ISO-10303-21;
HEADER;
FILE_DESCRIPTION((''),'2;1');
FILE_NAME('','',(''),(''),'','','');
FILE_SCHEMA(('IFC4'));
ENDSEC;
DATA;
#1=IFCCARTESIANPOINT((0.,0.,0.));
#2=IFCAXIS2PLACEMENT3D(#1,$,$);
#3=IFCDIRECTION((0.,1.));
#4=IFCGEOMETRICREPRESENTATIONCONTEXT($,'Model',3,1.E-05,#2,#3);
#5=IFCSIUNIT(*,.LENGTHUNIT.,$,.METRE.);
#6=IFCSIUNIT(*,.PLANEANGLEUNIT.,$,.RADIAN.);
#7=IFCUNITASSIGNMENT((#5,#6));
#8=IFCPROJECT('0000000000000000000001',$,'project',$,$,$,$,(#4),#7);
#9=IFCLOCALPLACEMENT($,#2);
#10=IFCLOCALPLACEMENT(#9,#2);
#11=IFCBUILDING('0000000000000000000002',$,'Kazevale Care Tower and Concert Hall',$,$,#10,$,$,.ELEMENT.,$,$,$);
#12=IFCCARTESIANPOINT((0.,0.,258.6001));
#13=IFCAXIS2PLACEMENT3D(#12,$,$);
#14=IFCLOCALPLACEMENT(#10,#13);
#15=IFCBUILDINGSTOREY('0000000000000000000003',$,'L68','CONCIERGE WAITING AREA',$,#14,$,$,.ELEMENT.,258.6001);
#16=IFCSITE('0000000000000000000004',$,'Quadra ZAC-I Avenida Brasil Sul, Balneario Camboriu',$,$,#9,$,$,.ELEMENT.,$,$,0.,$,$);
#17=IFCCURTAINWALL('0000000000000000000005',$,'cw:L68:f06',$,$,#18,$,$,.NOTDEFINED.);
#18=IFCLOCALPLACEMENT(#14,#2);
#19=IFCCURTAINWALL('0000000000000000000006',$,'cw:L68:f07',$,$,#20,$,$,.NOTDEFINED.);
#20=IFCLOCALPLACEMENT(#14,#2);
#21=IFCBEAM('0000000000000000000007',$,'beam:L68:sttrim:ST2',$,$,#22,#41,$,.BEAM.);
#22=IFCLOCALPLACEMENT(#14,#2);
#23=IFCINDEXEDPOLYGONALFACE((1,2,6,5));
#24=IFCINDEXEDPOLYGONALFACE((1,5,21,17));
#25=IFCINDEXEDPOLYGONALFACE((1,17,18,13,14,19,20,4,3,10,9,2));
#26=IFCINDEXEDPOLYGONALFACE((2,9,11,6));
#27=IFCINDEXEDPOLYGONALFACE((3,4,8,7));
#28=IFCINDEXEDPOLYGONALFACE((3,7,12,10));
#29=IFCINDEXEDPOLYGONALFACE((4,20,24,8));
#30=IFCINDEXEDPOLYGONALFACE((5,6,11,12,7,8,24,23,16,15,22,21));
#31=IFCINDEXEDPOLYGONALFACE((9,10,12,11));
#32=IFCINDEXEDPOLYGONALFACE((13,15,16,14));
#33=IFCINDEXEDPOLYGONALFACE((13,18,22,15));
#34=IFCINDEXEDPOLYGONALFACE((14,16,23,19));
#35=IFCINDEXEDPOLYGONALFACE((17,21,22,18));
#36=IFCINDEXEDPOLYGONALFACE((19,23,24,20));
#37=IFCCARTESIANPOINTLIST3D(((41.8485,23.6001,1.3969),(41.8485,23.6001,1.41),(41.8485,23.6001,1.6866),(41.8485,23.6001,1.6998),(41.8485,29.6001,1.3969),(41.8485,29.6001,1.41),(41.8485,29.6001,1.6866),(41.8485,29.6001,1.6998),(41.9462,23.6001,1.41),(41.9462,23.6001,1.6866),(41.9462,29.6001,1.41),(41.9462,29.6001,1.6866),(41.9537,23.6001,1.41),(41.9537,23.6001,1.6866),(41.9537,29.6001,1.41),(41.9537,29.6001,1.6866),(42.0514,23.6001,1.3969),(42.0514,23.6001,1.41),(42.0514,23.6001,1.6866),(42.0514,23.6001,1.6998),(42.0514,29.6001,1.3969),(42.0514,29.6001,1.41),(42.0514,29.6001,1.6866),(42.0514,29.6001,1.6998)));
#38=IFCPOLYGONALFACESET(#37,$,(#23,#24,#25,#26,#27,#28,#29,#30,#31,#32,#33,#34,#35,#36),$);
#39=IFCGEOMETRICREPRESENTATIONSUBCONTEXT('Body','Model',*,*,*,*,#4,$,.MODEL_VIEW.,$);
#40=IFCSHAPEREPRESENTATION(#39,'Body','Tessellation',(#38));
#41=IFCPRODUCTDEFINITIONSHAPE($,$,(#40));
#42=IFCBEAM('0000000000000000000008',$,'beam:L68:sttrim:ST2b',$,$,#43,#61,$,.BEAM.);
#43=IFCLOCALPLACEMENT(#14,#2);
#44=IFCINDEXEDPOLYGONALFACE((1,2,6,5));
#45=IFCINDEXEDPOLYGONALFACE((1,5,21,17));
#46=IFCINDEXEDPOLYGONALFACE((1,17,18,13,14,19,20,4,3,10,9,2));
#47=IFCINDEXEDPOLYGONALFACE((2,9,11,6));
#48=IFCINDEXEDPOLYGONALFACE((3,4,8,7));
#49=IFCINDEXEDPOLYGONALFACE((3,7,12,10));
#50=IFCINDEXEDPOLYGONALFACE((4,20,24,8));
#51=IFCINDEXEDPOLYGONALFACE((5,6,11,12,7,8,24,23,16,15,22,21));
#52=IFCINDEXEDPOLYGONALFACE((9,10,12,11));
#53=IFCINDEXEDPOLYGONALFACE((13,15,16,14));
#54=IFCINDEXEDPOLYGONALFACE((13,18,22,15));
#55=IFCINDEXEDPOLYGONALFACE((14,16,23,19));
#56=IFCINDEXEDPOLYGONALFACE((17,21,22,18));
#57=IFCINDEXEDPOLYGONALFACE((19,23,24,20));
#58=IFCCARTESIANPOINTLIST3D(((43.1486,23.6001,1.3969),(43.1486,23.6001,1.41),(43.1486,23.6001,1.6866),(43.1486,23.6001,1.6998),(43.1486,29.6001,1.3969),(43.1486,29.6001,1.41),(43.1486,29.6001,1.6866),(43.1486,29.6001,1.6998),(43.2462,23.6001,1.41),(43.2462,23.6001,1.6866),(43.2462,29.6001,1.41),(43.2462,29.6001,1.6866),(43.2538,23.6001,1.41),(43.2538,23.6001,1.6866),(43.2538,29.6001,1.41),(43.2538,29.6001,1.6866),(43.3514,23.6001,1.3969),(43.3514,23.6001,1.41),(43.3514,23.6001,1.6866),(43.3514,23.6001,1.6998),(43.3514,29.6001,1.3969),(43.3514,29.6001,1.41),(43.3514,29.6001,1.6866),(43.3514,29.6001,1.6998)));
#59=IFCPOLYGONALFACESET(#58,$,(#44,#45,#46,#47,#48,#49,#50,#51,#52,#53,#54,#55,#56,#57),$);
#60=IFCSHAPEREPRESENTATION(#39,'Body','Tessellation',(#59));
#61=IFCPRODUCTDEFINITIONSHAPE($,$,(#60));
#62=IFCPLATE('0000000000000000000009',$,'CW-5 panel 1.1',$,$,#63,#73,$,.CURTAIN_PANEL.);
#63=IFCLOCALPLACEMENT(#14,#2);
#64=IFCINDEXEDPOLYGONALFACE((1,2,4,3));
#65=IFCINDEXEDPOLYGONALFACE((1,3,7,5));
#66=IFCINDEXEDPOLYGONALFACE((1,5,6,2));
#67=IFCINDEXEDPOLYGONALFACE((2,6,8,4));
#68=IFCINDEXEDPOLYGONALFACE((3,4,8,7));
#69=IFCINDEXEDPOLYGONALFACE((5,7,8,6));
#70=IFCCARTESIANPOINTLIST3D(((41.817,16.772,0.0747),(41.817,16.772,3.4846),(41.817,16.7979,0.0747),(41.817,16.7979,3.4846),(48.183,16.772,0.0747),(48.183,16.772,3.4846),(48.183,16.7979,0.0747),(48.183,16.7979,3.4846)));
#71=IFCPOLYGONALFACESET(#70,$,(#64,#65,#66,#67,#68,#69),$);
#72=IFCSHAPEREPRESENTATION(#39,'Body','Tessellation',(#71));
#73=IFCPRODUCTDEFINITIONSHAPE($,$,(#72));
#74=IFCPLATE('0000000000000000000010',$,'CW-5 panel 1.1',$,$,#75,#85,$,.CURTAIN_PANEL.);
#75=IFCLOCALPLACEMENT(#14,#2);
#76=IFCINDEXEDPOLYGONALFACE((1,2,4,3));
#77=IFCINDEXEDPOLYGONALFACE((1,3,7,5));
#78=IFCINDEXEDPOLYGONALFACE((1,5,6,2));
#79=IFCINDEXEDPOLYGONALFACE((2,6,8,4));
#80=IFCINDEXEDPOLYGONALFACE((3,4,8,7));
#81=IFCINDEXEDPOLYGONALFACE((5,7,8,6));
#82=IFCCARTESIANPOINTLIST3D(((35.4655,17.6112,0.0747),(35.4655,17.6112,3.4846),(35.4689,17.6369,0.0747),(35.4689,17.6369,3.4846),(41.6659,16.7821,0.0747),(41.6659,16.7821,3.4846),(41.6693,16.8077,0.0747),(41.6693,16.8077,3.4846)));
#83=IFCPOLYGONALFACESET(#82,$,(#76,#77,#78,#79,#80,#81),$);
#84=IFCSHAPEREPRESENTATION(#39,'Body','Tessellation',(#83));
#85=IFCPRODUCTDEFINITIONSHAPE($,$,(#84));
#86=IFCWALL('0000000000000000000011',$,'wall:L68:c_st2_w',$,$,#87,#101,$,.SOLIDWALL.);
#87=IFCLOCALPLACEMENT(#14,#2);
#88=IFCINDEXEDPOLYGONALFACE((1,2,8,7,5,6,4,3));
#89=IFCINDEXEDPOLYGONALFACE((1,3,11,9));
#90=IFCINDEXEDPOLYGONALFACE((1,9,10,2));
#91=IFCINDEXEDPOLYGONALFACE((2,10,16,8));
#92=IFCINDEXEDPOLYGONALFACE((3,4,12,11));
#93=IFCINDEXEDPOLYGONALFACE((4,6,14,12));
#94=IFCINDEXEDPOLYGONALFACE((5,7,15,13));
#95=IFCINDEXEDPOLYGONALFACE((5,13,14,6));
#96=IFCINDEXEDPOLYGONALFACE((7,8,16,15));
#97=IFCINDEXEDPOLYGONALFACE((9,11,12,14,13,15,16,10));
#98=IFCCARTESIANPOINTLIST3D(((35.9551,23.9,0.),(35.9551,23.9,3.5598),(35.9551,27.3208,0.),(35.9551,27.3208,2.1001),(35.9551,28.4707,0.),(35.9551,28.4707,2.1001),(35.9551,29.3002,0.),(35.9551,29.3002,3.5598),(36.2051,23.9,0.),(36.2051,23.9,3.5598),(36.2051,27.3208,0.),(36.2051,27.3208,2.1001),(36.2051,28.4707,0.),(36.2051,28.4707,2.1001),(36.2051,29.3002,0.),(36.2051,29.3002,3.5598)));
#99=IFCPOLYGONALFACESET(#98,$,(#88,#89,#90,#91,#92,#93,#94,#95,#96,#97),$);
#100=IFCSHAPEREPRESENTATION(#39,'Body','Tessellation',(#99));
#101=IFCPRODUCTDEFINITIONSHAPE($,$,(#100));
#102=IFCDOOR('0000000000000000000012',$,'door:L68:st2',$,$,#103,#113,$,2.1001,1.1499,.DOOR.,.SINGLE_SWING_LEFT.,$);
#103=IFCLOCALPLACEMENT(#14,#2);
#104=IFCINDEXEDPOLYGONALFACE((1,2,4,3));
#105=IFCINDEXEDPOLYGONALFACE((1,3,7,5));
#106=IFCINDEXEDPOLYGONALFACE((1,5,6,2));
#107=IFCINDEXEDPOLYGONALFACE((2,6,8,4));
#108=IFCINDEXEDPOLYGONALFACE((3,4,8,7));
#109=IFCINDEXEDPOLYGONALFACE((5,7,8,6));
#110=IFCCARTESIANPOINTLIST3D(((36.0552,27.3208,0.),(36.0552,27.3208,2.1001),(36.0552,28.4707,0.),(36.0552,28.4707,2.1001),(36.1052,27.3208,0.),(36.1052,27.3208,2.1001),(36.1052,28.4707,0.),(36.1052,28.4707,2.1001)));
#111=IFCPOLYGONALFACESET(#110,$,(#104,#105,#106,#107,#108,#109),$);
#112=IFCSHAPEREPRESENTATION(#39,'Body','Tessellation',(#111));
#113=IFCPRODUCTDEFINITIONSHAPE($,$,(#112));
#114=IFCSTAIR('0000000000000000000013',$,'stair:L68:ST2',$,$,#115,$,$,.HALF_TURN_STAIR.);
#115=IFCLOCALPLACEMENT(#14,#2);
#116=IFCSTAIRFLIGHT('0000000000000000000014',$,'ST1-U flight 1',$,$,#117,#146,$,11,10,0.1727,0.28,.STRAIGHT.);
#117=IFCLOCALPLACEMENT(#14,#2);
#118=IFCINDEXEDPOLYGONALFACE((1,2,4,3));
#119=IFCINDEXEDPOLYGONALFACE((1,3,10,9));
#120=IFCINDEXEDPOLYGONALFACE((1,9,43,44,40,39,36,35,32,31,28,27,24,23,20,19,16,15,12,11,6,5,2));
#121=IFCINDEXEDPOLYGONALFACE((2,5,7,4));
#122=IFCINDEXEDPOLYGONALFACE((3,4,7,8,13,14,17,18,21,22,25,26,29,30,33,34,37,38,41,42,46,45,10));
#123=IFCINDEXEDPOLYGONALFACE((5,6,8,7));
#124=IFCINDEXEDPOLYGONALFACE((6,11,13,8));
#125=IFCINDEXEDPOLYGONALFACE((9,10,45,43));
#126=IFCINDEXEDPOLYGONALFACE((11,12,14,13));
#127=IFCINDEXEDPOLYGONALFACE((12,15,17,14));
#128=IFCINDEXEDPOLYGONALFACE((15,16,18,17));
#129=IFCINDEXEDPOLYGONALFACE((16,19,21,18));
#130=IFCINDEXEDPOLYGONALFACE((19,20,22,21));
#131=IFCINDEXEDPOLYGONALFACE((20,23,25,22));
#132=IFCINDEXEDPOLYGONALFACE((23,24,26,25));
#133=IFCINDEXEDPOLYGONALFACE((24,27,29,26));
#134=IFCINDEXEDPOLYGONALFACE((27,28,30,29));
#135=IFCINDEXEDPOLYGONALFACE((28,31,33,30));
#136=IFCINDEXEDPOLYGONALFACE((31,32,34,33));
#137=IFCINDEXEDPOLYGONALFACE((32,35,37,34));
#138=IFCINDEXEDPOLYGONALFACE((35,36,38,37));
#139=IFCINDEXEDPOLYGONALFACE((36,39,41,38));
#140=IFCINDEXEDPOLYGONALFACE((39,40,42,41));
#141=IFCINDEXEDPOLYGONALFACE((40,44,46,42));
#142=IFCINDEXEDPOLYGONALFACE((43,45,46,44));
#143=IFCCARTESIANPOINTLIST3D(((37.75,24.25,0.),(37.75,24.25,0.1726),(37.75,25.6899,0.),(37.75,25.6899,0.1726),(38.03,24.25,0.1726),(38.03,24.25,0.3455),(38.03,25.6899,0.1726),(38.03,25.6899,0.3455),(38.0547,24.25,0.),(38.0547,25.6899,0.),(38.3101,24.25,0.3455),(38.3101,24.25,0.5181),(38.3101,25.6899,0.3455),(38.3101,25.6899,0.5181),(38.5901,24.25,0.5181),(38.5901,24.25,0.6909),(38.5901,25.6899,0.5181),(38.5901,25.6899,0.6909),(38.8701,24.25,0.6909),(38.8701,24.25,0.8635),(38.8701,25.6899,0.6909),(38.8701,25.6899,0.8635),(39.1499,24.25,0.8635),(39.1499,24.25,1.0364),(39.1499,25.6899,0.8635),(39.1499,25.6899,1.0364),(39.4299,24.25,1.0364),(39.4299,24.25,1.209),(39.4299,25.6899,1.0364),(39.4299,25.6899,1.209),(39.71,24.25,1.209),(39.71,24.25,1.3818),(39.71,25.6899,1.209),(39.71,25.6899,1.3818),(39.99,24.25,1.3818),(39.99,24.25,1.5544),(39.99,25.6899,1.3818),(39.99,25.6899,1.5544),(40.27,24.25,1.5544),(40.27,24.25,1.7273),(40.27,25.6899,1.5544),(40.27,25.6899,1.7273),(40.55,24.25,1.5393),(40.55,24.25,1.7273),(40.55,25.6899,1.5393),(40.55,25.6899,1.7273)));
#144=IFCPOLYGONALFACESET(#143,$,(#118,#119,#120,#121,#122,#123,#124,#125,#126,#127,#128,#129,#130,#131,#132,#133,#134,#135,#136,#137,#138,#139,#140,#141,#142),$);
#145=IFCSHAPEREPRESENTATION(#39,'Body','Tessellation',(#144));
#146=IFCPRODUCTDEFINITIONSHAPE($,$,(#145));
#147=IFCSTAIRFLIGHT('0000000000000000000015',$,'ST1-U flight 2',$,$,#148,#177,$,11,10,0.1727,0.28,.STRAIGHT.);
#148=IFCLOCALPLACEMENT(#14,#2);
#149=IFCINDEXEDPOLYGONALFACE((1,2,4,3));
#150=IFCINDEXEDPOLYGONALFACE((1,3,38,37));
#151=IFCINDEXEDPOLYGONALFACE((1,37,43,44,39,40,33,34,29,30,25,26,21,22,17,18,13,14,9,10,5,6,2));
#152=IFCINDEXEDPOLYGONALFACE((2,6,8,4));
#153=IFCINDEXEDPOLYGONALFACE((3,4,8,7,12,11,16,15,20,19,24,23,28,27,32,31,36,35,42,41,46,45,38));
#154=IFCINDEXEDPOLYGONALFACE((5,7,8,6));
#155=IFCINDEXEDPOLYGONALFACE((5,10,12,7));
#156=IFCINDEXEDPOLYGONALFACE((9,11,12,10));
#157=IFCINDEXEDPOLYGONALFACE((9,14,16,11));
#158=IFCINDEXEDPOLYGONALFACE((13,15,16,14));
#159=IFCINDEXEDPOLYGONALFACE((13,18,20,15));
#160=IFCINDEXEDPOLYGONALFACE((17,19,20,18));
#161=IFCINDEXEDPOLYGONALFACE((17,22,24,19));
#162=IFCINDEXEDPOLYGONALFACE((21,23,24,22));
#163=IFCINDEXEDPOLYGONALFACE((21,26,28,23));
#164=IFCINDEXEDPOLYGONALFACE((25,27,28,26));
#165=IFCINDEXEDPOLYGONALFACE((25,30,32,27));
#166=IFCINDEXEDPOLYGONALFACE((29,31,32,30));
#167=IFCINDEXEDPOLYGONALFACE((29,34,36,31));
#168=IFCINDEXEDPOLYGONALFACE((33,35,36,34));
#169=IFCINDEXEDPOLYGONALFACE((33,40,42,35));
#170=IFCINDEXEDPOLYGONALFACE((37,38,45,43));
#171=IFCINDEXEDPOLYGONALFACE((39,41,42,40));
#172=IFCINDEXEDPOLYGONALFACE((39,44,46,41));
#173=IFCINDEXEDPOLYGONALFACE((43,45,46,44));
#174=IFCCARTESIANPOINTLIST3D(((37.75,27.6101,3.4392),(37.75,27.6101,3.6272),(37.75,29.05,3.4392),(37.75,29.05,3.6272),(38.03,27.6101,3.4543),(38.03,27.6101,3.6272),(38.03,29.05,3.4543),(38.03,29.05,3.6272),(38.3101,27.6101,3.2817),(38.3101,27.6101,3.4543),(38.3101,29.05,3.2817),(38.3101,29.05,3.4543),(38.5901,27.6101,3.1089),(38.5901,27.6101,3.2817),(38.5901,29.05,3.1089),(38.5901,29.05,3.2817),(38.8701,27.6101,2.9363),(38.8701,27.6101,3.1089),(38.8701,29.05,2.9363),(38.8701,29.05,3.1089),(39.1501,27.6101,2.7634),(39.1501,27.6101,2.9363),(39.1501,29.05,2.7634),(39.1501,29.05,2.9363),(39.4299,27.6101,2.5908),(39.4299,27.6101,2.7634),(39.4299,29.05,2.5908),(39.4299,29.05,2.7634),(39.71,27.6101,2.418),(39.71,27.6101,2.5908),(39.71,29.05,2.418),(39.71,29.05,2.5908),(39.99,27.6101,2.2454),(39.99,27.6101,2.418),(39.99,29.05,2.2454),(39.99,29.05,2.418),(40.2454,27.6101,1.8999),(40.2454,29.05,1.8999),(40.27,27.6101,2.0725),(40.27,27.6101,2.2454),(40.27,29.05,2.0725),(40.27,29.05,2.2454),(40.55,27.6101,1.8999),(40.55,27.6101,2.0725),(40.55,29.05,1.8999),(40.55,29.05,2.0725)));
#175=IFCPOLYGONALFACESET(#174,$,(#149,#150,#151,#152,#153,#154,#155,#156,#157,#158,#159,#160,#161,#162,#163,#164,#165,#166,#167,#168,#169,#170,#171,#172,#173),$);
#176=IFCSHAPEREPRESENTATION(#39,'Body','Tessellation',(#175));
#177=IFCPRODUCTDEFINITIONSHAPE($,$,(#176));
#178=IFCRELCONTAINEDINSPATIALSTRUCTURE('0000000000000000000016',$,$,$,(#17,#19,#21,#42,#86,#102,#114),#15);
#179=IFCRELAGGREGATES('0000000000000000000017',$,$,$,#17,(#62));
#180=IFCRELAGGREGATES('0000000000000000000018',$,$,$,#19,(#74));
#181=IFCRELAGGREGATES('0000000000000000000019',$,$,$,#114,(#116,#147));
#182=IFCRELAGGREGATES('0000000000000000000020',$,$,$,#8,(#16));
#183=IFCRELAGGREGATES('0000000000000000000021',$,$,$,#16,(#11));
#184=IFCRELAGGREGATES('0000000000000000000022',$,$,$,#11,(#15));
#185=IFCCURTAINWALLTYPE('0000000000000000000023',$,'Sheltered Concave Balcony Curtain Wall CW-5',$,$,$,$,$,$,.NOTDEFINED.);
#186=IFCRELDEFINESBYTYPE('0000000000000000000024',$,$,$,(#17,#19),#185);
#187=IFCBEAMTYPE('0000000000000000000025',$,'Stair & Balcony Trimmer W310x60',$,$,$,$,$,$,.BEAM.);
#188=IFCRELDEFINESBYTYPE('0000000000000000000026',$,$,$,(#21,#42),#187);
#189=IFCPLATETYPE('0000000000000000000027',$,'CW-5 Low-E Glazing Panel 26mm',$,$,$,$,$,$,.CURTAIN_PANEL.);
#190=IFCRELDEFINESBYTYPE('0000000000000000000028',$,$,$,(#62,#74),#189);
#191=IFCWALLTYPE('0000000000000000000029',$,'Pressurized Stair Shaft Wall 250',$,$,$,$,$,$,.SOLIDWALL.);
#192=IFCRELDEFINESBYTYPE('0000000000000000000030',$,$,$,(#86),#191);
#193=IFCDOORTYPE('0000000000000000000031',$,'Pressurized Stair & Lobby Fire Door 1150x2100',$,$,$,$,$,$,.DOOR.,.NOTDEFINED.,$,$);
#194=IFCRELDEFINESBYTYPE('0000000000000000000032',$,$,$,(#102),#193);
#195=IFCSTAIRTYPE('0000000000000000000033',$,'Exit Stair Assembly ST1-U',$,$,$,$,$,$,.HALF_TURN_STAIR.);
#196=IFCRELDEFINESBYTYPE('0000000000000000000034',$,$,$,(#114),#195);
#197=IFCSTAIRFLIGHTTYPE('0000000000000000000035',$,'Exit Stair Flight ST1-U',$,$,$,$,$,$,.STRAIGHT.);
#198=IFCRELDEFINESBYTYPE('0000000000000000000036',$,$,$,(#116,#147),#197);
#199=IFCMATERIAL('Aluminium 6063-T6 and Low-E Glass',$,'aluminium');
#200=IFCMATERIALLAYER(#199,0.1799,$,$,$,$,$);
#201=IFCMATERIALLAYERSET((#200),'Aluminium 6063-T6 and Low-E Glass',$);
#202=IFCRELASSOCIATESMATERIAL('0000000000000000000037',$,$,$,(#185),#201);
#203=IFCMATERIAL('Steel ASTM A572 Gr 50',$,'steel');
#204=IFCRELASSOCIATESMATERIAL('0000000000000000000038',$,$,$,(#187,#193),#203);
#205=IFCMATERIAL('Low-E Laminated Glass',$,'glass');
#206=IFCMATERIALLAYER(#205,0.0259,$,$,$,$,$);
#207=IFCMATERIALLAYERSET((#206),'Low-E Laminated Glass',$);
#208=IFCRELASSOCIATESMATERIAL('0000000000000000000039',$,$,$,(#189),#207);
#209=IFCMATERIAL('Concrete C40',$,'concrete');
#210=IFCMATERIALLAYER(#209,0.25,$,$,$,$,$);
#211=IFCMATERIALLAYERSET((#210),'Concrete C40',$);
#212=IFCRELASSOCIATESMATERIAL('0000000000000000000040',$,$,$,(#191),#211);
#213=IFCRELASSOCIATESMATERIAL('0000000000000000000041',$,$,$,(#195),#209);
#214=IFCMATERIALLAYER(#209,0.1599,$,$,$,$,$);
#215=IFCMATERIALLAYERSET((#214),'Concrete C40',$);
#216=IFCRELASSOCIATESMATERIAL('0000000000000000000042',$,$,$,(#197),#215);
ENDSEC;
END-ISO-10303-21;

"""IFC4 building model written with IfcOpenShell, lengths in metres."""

from ifc_helpers import new_model, si_unit, direction, frame, frame_2d, origin, origin_2d, place, context, subcontext, project, spatial, polyline, rectangle, i_section, outline, extrude, material, layer, layer_set, material_profile, profile_set, type_object, element, fill, aggregate, save


model = new_model("IFC4")

# Units and contexts
model_context = context("Model", 3, precision=1e-05, world=origin(), true_north=direction((0.0, 1.0)))
body_context = subcontext(model_context, "Body", "Model", "MODEL_VIEW")
ifc_project = project(units=[si_unit("LENGTHUNIT", "METRE"), si_unit("PLANEANGLEUNIT", "RADIAN")], contexts=[model_context])

# Site, building, storey
site_placement = place(None, origin())
site = spatial("IfcSite", under=ifc_project, at=site_placement, Name="Quadra ZAC-I Avenida Brasil Sul, Balneario Camboriu", CompositionType="ELEMENT", RefElevation=0.0)
building_placement = place(site_placement, origin())
building = spatial("IfcBuilding", under=site, at=building_placement, Name="Kazevale Care Tower and Concert Hall", CompositionType="ELEMENT")
storey_placement = place(building_placement, frame((0.0, 0.0, 258.6001)))
storey = spatial("IfcBuildingStorey", under=building, at=storey_placement, Name="L68", Description="CONCIERGE WAITING AREA", CompositionType="ELEMENT", Elevation=258.6001)

# Curtain wall
ifc_material_1 = material(Name="Aluminium 6063-T6 and Low-E Glass", Category="aluminium")
ifc_layer_1 = layer(ifc_material_1, 0.1799)
ifc_layer_set_1 = layer_set([ifc_layer_1], Name="Aluminium 6063-T6 and Low-E Glass")
curtain_wall_type = type_object("IfcCurtainWallType", Name="Sheltered Concave Balcony Curtain Wall CW-5", PredefinedType="NOTDEFINED", material=ifc_layer_set_1)
curtain_wall_1_placement = place(storey_placement, origin())
curtain_wall_1 = element("IfcCurtainWall", 1, at=curtain_wall_1_placement, inside=storey, type_object=curtain_wall_type, Name="cw:L68:f06", PredefinedType="NOTDEFINED")

# Curtain wall
curtain_wall_2_placement = place(storey_placement, origin())
curtain_wall_2 = element("IfcCurtainWall", 2, at=curtain_wall_2_placement, inside=storey, type_object=curtain_wall_type, Name="cw:L68:f07", PredefinedType="NOTDEFINED")

# Beams
ifc_material_2 = material(Name="Steel ASTM A572 Gr 50", Category="steel")
ifc_material_profile_1 = material_profile(ifc_material_2, i_section(OverallWidth=0.2029, OverallDepth=0.303, WebThickness=0.0076, FlangeThickness=0.0132, at=origin_2d()), Name="W310x60")
ifc_profile_set_1 = profile_set([ifc_material_profile_1], Name="Steel ASTM A572 Gr 50")
beam_type_1 = type_object("IfcBeamType", Name="Stair & Balcony Trimmer W310x60", PredefinedType="BEAM", material=ifc_profile_set_1)
for number, where, z_axis, x_axis, name in (
    (3, (41.95, 23.6001, 1.5483), (0.0, 1.0, 0.0), (-1.0, 0.0, 0.0), "beam:L68:sttrim:ST2"),
    (4, (43.25, 23.6001, 1.5483), (0.0, 1.0, 0.0), (-1.0, 0.0, 0.0), "beam:L68:sttrim:ST2b"),
):
    element("IfcBeam", number, at=place(storey_placement, frame(where, z_axis=z_axis, x_axis=x_axis)), inside=storey, type_object=beam_type_1, Name=name, PredefinedType="BEAM", context=body_context, shape_type="SweptSolid", body=[
        extrude(i_section(OverallWidth=0.2029, OverallDepth=0.303, WebThickness=0.0076, FlangeThickness=0.0132, at=origin_2d()), origin(), (0.0, 0.0, 1.0), 6.0),
    ])

# Plates
ifc_material_3 = material(Name="Low-E Laminated Glass", Category="glass")
ifc_layer_2 = layer(ifc_material_3, 0.0259)
ifc_layer_set_2 = layer_set([ifc_layer_2], Name="Low-E Laminated Glass")
plate_type = type_object("IfcPlateType", Name="CW-5 Low-E Glazing Panel 26mm", PredefinedType="CURTAIN_PANEL", material=ifc_layer_set_2)
plate_1_placement = place(storey_placement, frame((45.0, 16.7849, 0.0747), z_axis=(0.0, 0.0, 1.0), x_axis=(-1.0, 0.0, 0.0)))
plate_1 = element("IfcPlate", 5, at=plate_1_placement, type_object=plate_type, Name="CW-5 panel 1.1", PredefinedType="CURTAIN_PANEL", context=body_context, shape_type="SweptSolid", body=[
    extrude(rectangle(XDim=6.366, YDim=0.0259, at=origin_2d()), origin(), (0.0, 0.0, 1.0), 3.4099),
])
aggregate(curtain_wall_1, [plate_1])
plate_2_placement = place(storey_placement, frame((38.5674, 17.2095, 0.0747), z_axis=(0.0, 0.0, 1.0), x_axis=(-0.991177, 0.132542, 0.0)))
plate_2 = element("IfcPlate", 6, at=plate_2_placement, type_object=plate_type, Name="CW-5 panel 1.1", PredefinedType="CURTAIN_PANEL", context=body_context, shape_type="SweptSolid", body=[
    extrude(rectangle(XDim=6.2556, YDim=0.0259, at=origin_2d()), origin(), (0.0, 0.0, 1.0), 3.4099),
])
aggregate(curtain_wall_2, [plate_2])

# Wall, opening, door
ifc_material_4 = material(Name="Concrete C40", Category="concrete")
ifc_layer_3 = layer(ifc_material_4, 0.25)
ifc_layer_set_3 = layer_set([ifc_layer_3], Name="Concrete C40")
wall_type_1 = type_object("IfcWallType", Name="Pressurized Stair Shaft Wall 250", PredefinedType="SOLIDWALL", material=ifc_layer_set_3)
wall_1_placement = place(storey_placement, frame((36.0801, 23.8999, 0.0), z_axis=(0.0, 0.0, 1.0), x_axis=(0.0, 1.0, 0.0)))
wall_1 = element("IfcWall", 7, at=wall_1_placement, inside=storey, type_object=wall_type_1, Name="wall:L68:c_st2_w", PredefinedType="SOLIDWALL", context=body_context, shape_type="SweptSolid", body=[
    extrude(rectangle(XDim=5.4001, YDim=0.25, at=frame_2d((2.7002, 0.0))), origin(), (0.0, 0.0, 1.0), 3.5598),
])
opening_1_placement = place(wall_1_placement, frame((3.4209, 0.0, 0.0)))
opening_1 = element("IfcOpeningElement", 8, at=opening_1_placement, cuts=wall_1, PredefinedType="OPENING", context=body_context, shape_type="SweptSolid", body=[
    extrude(rectangle(XDim=1.1499, YDim=2.1001, at=frame_2d((0.575, 1.05))), frame((0.0, 0.135, 0.0), z_axis=(0.0, -1.0, 0.0), x_axis=(1.0, 0.0, 0.0)), (0.0, 0.0, 1.0), 0.27),
])
door_type_1 = type_object("IfcDoorType", Name="Pressurized Stair & Lobby Fire Door 1150x2100", OperationType="NOTDEFINED", PredefinedType="DOOR", material=ifc_material_2)
door_1_placement = place(opening_1_placement, origin())
door_1 = element("IfcDoor", 9, at=door_1_placement, inside=storey, type_object=door_type_1, Name="door:L68:st2", OperationType="SINGLE_SWING_LEFT", OverallHeight=2.1001, OverallWidth=1.1499, PredefinedType="DOOR", context=body_context, shape_type="SweptSolid", body=[
    extrude(rectangle(XDim=1.1499, YDim=2.1001, at=frame_2d((0.575, 1.05))), frame((0.0, 0.0249, 0.0), z_axis=(0.0, -1.0, 0.0), x_axis=(1.0, 0.0, 0.0)), (0.0, 0.0, 1.0), 0.05),
])
fill(opening_1, door_1)

# Stair, stair flights
stair_type = type_object("IfcStairType", Name="Exit Stair Assembly ST1-U", PredefinedType="HALF_TURN_STAIR", material=ifc_material_4)
stair_placement = place(storey_placement, origin())
stair = element("IfcStair", 10, at=stair_placement, inside=storey, type_object=stair_type, Name="stair:L68:ST2", PredefinedType="HALF_TURN_STAIR")
ifc_layer_4 = layer(ifc_material_4, 0.1599)
ifc_layer_set_4 = layer_set([ifc_layer_4], Name="Concrete C40")
stair_flight_type = type_object("IfcStairFlightType", Name="Exit Stair Flight ST1-U", PredefinedType="STRAIGHT", material=ifc_layer_set_4)
stair_flight_1_placement = place(storey_placement, frame((37.75, 24.97, 0.0), z_axis=(0.0, 0.0, 1.0), x_axis=(1.0, 0.0, 0.0)))
stair_flight_1 = element("IfcStairFlight", 11, at=stair_flight_1_placement, type_object=stair_flight_type, Name="ST1-U flight 1", NumberOfRisers=11, NumberOfTreads=10, PredefinedType="STRAIGHT", RiserHeight=0.1727, TreadLength=0.28, context=body_context, shape_type="SweptSolid", body=[
    extrude(outline(polyline([(0.0, 0.0), (0.0, 0.1726), (0.28, 0.1726), (0.28, 0.3455), (0.5601, 0.3455), (0.5601, 0.5181), (0.8401, 0.5181), (0.8401, 0.6909), (1.1201, 0.6909), (1.1201, 0.8635), (1.3999, 0.8635), (1.3999, 1.0364), (1.6799, 1.0364), (1.6799, 1.209), (1.96, 1.209), (1.96, 1.3818), (2.24, 1.3818), (2.24, 1.5544), (2.52, 1.5544), (2.52, 1.7273), (2.8, 1.7273), (2.8, 1.8999), (2.8, 1.5393), (0.3047, 0.0), (0.0, 0.0)])), frame((0.0, 0.72, 0.0), z_axis=(0.0, -1.0, 0.0), x_axis=(1.0, 0.0, 0.0)), (0.0, 0.0, 1.0), 1.4399),
])
stair_flight_2_placement = place(storey_placement, frame((40.55, 28.3301, 1.8999), z_axis=(0.0, 0.0, 1.0), x_axis=(-1.0, 0.0, 0.0)))
stair_flight_2 = element("IfcStairFlight", 12, at=stair_flight_2_placement, type_object=stair_flight_type, Name="ST1-U flight 2", NumberOfRisers=11, NumberOfTreads=10, PredefinedType="STRAIGHT", RiserHeight=0.1727, TreadLength=0.28, context=body_context, shape_type="SweptSolid", body=[
    extrude(outline(polyline([(0.0, 0.0), (0.0, 0.1726), (0.28, 0.1726), (0.28, 0.3455), (0.5601, 0.3455), (0.5601, 0.5181), (0.8401, 0.5181), (0.8401, 0.6909), (1.1201, 0.6909), (1.1201, 0.8635), (1.3999, 0.8635), (1.3999, 1.0364), (1.6799, 1.0364), (1.6799, 1.209), (1.96, 1.209), (1.96, 1.3818), (2.24, 1.3818), (2.24, 1.5544), (2.52, 1.5544), (2.52, 1.7273), (2.8, 1.7273), (2.8, 1.8999), (2.8, 1.5393), (0.3047, 0.0), (0.0, 0.0)])), frame((0.0, 0.72, 0.0), z_axis=(0.0, -1.0, 0.0), x_axis=(1.0, 0.0, 0.0)), (0.0, 0.0, 1.0), 1.4399),
])
aggregate(stair, [stair_flight_1, stair_flight_2])

save(model, "model.ifc")
